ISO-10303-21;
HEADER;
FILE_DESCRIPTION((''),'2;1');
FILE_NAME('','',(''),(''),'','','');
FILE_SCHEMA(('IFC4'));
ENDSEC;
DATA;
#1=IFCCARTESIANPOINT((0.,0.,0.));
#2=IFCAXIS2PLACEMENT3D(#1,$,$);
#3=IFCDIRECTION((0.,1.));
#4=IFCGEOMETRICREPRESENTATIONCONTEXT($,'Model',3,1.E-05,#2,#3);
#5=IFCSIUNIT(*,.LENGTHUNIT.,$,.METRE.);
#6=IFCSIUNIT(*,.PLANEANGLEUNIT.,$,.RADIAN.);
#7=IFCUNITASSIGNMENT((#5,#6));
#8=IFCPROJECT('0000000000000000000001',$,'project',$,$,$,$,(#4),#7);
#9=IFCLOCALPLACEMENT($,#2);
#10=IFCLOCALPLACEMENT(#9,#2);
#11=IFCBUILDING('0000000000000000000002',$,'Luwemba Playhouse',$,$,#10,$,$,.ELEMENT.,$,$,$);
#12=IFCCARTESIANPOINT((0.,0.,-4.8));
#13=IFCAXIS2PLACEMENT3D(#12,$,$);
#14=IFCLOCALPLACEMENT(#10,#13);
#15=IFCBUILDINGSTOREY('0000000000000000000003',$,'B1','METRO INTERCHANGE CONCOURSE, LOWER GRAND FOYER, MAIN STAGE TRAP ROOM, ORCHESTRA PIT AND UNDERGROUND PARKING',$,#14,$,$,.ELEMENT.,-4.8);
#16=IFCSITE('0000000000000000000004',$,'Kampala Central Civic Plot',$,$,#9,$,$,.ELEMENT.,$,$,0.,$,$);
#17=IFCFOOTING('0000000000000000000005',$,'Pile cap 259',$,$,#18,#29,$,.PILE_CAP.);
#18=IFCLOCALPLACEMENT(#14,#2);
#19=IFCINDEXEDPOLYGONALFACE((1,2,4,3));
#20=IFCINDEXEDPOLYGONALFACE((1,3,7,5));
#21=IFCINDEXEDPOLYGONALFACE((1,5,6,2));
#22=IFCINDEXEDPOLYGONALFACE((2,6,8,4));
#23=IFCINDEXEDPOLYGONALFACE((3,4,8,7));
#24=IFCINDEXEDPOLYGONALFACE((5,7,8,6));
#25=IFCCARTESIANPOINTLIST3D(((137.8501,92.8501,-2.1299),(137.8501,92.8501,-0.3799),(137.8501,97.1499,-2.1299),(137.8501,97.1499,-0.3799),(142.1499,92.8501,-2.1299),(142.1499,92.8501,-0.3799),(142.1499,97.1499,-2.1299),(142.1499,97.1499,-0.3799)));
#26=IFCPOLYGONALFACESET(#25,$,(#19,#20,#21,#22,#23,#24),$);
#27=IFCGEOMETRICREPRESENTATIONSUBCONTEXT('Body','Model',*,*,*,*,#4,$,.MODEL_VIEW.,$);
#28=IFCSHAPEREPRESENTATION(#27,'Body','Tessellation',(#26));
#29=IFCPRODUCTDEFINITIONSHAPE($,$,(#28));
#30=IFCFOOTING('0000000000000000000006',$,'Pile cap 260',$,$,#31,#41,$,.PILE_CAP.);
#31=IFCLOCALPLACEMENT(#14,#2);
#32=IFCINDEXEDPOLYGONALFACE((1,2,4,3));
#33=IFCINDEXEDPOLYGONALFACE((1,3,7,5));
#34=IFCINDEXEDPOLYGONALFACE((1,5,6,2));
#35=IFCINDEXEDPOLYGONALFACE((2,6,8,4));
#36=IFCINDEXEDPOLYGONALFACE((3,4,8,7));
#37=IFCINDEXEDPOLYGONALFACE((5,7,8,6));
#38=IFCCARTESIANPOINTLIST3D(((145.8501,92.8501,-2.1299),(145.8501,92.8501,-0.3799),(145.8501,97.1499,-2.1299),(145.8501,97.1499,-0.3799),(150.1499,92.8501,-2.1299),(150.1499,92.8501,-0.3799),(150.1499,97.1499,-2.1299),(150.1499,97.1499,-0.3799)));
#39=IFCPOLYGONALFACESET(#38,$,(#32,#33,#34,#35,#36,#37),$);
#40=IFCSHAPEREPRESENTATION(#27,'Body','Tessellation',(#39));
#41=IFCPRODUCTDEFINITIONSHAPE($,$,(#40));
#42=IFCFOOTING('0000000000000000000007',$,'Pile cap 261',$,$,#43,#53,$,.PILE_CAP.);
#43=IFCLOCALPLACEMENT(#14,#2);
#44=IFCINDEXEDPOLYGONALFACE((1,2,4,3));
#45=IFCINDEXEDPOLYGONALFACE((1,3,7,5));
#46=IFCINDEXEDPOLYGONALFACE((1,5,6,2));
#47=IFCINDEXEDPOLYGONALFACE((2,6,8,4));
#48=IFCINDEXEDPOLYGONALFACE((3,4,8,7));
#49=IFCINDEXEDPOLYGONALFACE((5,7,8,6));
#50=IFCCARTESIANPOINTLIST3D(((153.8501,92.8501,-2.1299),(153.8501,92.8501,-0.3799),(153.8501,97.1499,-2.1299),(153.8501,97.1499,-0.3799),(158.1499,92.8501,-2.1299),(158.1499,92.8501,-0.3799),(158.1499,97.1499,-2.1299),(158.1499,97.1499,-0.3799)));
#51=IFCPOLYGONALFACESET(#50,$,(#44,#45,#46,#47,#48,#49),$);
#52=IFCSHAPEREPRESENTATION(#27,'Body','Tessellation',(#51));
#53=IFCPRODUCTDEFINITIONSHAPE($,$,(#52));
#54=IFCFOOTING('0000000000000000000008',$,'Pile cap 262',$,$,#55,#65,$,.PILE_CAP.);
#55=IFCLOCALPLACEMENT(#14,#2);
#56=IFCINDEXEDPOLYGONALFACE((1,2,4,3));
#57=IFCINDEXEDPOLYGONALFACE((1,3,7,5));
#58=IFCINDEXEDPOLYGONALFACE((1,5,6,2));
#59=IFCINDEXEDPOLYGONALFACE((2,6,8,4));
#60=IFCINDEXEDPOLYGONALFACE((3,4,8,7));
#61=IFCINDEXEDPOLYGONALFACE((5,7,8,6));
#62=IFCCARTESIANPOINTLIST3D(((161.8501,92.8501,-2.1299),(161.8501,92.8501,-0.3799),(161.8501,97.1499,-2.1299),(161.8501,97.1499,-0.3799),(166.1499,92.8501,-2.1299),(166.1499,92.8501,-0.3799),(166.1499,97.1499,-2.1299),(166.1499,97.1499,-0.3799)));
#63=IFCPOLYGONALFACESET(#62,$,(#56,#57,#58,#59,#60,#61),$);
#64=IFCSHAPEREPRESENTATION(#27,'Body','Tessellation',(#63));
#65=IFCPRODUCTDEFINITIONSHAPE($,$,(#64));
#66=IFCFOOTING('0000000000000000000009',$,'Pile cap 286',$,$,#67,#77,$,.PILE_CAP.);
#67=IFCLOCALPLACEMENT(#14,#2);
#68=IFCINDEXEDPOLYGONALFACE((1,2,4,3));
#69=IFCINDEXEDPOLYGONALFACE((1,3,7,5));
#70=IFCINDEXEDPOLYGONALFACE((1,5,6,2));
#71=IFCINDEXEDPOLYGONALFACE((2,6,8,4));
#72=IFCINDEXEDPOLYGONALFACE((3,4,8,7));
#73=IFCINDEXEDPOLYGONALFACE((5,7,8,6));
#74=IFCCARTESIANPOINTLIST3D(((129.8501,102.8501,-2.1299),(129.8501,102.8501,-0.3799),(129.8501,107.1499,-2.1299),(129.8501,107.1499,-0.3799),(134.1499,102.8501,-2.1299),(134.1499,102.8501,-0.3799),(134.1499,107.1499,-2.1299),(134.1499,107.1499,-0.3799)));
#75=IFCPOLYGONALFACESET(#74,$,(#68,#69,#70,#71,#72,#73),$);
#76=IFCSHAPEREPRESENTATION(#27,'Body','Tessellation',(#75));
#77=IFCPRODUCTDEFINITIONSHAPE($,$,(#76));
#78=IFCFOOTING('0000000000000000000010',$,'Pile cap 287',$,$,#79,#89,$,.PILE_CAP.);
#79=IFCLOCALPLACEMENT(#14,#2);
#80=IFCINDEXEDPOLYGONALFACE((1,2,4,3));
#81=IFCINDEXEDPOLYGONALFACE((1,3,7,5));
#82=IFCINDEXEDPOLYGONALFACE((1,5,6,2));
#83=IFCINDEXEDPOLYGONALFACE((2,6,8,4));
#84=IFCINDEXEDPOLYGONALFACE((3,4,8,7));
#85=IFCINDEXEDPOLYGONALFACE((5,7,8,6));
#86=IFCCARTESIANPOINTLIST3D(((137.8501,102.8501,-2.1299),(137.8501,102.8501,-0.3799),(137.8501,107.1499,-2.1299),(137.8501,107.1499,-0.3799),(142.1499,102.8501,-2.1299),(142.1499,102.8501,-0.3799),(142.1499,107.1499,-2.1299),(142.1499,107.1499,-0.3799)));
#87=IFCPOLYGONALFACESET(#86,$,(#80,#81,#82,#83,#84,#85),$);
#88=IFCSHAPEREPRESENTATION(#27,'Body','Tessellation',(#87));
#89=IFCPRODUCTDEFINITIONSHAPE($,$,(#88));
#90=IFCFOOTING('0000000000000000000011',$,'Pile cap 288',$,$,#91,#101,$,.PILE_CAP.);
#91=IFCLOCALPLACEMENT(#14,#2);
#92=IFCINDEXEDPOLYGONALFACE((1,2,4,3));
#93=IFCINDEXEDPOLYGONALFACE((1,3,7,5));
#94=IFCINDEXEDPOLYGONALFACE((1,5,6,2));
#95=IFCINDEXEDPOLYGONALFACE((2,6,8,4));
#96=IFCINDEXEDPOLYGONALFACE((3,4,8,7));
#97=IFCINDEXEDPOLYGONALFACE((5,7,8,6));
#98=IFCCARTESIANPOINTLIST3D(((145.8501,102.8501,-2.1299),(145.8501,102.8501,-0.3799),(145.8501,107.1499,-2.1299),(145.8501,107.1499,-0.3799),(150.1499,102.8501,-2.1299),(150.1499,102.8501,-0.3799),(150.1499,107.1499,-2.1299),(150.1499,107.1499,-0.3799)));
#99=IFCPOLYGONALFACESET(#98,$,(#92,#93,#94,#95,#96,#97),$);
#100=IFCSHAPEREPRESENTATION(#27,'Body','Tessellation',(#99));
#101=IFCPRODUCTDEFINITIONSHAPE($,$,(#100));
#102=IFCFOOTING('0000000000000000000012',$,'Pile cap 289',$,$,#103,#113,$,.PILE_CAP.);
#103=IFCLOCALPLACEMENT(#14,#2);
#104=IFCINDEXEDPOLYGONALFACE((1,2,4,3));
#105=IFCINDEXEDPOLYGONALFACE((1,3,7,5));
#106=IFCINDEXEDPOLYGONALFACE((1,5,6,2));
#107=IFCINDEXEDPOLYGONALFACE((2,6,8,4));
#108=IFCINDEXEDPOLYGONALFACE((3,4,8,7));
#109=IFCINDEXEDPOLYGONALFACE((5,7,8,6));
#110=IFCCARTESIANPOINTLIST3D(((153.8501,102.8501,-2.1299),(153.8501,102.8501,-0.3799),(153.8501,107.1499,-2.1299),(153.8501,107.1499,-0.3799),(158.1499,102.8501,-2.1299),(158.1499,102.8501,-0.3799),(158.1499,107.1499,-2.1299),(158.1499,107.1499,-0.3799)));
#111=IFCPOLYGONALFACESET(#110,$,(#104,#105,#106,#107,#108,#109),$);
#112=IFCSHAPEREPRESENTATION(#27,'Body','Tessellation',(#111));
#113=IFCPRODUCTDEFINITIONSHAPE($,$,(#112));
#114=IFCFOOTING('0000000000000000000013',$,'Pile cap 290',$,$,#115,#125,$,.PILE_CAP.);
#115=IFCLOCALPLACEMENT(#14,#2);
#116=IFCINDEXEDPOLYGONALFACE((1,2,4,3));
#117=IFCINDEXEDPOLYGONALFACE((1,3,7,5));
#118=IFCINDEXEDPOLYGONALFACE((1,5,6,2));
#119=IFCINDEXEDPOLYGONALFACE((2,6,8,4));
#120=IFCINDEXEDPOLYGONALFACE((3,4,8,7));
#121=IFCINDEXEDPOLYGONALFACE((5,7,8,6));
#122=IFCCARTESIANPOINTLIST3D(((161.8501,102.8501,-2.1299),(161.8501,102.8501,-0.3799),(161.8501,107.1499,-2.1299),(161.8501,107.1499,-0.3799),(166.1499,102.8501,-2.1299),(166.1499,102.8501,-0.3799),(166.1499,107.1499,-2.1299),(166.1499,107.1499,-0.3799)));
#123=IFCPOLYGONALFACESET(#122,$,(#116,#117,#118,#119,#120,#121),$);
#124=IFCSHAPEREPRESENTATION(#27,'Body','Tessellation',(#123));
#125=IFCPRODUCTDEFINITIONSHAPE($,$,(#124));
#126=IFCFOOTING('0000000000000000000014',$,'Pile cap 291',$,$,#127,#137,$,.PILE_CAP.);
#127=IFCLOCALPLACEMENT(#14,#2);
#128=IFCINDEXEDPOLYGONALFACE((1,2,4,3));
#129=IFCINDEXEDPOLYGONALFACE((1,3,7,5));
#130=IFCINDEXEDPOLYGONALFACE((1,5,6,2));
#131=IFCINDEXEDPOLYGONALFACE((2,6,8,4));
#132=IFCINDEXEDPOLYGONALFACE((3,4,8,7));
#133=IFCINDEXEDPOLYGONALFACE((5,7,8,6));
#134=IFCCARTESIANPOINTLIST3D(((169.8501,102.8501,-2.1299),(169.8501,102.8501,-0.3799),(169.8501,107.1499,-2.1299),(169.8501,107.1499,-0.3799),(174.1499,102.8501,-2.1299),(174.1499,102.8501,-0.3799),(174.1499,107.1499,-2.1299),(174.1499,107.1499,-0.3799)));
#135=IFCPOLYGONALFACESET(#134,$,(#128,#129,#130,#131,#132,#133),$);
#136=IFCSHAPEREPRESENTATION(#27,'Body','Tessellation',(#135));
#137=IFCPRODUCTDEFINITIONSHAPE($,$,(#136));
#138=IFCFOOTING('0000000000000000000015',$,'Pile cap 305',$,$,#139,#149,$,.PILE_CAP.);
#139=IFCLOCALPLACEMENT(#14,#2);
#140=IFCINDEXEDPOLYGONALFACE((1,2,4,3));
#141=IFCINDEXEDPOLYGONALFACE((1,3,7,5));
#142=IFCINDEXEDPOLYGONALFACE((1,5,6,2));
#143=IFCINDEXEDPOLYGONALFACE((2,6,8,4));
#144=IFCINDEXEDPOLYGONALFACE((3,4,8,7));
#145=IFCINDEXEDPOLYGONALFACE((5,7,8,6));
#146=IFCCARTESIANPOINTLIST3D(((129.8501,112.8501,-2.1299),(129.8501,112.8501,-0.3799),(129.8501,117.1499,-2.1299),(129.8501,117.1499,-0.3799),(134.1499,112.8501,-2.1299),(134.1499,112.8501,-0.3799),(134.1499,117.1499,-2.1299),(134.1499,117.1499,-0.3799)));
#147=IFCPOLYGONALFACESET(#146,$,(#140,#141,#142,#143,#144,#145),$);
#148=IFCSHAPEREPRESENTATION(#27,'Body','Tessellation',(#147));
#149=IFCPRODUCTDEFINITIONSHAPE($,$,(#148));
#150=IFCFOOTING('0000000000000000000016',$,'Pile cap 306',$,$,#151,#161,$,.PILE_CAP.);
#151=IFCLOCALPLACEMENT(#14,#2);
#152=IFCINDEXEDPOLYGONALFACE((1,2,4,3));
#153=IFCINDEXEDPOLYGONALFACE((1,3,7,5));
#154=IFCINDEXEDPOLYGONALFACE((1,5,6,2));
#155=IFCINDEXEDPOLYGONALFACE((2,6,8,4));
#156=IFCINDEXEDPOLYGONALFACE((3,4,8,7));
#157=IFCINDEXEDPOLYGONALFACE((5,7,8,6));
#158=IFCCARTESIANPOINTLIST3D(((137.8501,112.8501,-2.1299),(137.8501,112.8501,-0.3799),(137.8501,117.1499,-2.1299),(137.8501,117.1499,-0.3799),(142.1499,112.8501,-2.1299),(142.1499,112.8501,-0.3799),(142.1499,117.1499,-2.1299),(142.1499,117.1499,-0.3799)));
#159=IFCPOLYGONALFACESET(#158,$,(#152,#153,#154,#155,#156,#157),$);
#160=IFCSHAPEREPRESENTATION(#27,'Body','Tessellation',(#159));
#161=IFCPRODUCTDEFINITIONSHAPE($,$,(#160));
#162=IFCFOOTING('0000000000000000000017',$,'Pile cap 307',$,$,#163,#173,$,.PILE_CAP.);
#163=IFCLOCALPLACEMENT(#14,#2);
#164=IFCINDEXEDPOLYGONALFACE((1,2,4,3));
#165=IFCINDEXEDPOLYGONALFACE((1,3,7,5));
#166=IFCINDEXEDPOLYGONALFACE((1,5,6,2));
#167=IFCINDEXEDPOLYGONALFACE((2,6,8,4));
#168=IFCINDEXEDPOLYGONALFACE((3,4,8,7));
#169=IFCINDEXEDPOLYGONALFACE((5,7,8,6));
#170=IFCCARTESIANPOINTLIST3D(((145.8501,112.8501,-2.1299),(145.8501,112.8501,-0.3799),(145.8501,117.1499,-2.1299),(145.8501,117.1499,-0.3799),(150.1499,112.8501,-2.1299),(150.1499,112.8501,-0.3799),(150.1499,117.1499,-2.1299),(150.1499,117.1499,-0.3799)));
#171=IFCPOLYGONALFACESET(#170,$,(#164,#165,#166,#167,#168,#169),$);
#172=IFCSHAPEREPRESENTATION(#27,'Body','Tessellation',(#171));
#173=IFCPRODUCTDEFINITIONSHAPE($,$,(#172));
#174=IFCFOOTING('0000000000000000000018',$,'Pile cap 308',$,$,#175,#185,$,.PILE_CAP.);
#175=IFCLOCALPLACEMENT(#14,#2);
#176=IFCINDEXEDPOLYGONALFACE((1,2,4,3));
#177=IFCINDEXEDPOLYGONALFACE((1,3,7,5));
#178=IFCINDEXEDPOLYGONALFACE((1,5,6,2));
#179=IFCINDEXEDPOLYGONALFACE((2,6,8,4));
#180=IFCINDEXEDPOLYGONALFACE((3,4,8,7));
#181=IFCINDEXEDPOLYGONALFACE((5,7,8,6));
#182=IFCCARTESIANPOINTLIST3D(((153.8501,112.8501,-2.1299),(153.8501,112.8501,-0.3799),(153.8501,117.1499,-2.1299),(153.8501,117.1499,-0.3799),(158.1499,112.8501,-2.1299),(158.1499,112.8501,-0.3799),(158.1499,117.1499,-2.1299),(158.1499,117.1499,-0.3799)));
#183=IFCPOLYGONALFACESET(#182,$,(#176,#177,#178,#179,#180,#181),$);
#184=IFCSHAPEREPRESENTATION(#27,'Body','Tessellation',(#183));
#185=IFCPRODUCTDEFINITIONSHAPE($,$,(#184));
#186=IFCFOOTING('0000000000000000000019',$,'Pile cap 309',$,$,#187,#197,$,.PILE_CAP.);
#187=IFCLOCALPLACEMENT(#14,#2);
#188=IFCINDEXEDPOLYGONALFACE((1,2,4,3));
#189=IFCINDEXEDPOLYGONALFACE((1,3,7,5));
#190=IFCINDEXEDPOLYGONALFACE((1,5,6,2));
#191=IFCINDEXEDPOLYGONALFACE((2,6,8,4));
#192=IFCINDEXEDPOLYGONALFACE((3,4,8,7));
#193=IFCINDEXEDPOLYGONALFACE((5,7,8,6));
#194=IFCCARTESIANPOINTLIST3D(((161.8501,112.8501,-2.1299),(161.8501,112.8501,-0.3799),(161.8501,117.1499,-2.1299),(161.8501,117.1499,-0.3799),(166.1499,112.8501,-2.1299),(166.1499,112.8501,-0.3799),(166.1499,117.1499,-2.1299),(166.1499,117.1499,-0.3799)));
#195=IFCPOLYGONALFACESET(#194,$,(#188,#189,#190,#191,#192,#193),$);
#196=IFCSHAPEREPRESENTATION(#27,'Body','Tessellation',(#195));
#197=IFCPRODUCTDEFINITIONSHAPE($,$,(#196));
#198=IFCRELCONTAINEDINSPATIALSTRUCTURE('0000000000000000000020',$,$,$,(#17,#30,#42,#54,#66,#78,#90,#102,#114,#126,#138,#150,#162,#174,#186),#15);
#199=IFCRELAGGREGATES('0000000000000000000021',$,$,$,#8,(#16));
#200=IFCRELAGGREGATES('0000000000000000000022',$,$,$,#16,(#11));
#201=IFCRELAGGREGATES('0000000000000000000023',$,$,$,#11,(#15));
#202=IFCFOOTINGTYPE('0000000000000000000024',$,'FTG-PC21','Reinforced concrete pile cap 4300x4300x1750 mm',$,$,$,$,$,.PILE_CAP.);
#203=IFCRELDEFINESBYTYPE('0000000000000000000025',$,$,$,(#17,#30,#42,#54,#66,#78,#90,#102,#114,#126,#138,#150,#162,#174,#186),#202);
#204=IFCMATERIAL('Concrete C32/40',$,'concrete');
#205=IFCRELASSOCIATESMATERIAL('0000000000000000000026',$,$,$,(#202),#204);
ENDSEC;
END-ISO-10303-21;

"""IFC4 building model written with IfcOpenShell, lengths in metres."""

from ifc_helpers import new_model, si_unit, direction, frame, origin, place, context, subcontext, project, spatial, polyline, outline, extrude, material, type_object, element, save


model = new_model("IFC4")

# Units and contexts
model_context = context("Model", 3, precision=1e-05, world=origin(), true_north=direction((0.0, 1.0)))
body_context = subcontext(model_context, "Body", "Model", "MODEL_VIEW")
ifc_project = project(units=[si_unit("LENGTHUNIT", "METRE"), si_unit("PLANEANGLEUNIT", "RADIAN")], contexts=[model_context])

# Site, building, storey
site_placement = place(None, origin())
site = spatial("IfcSite", under=ifc_project, at=site_placement, Name="Kampala Central Civic Plot", CompositionType="ELEMENT", RefElevation=0.0)
building_placement = place(site_placement, origin())
building = spatial("IfcBuilding", under=site, at=building_placement, Name="Luwemba Playhouse", CompositionType="ELEMENT")
storey_placement = place(building_placement, frame((0.0, 0.0, -4.8)))
storey = spatial("IfcBuildingStorey", under=building, at=storey_placement, Name="B1", Description="METRO INTERCHANGE CONCOURSE, LOWER GRAND FOYER, MAIN STAGE TRAP ROOM, ORCHESTRA PIT AND UNDERGROUND PARKING", CompositionType="ELEMENT", Elevation=-4.8)

# Footings
ifc_material = material(Name="Concrete C32/40", Category="concrete")
footing_type_1 = type_object("IfcFootingType", Name="FTG-PC21", Description="Reinforced concrete pile cap 4300x4300x1750 mm", PredefinedType="PILE_CAP", material=ifc_material)
footing_1_placement = place(storey_placement, frame((0.0, 0.0, -2.1299)))
element("IfcFooting", 1, at=footing_1_placement, inside=storey, type_object=footing_type_1, Name="Pile cap 259", PredefinedType="PILE_CAP", context=body_context, shape_type="SweptSolid", body=[
    extrude(outline(polyline([(137.8501, 92.8501), (142.1499, 92.8501), (142.1499, 97.1499), (137.8501, 97.1499), (137.8501, 92.8501)])), origin(), (0.0, 0.0, 1.0), 1.75),
])
footing_2_placement = place(storey_placement, frame((0.0, 0.0, -2.1299)))
element("IfcFooting", 2, at=footing_2_placement, inside=storey, type_object=footing_type_1, Name="Pile cap 260", PredefinedType="PILE_CAP", context=body_context, shape_type="SweptSolid", body=[
    extrude(outline(polyline([(145.8501, 92.8501), (150.1499, 92.8501), (150.1499, 97.1499), (145.8501, 97.1499), (145.8501, 92.8501)])), origin(), (0.0, 0.0, 1.0), 1.75),
])
footing_3_placement = place(storey_placement, frame((0.0, 0.0, -2.1299)))
element("IfcFooting", 3, at=footing_3_placement, inside=storey, type_object=footing_type_1, Name="Pile cap 261", PredefinedType="PILE_CAP", context=body_context, shape_type="SweptSolid", body=[
    extrude(outline(polyline([(153.8501, 92.8501), (158.1499, 92.8501), (158.1499, 97.1499), (153.8501, 97.1499), (153.8501, 92.8501)])), origin(), (0.0, 0.0, 1.0), 1.75),
])
footing_4_placement = place(storey_placement, frame((0.0, 0.0, -2.1299)))
element("IfcFooting", 4, at=footing_4_placement, inside=storey, type_object=footing_type_1, Name="Pile cap 262", PredefinedType="PILE_CAP", context=body_context, shape_type="SweptSolid", body=[
    extrude(outline(polyline([(161.8501, 92.8501), (166.1499, 92.8501), (166.1499, 97.1499), (161.8501, 97.1499), (161.8501, 92.8501)])), origin(), (0.0, 0.0, 1.0), 1.75),
])
footing_5_placement = place(storey_placement, frame((0.0, 0.0, -2.1299)))
element("IfcFooting", 5, at=footing_5_placement, inside=storey, type_object=footing_type_1, Name="Pile cap 286", PredefinedType="PILE_CAP", context=body_context, shape_type="SweptSolid", body=[
    extrude(outline(polyline([(129.8501, 102.8501), (134.1499, 102.8501), (134.1499, 107.1499), (129.8501, 107.1499), (129.8501, 102.8501)])), origin(), (0.0, 0.0, 1.0), 1.75),
])
footing_6_placement = place(storey_placement, frame((0.0, 0.0, -2.1299)))
element("IfcFooting", 6, at=footing_6_placement, inside=storey, type_object=footing_type_1, Name="Pile cap 287", PredefinedType="PILE_CAP", context=body_context, shape_type="SweptSolid", body=[
    extrude(outline(polyline([(137.8501, 102.8501), (142.1499, 102.8501), (142.1499, 107.1499), (137.8501, 107.1499), (137.8501, 102.8501)])), origin(), (0.0, 0.0, 1.0), 1.75),
])
footing_7_placement = place(storey_placement, frame((0.0, 0.0, -2.1299)))
element("IfcFooting", 7, at=footing_7_placement, inside=storey, type_object=footing_type_1, Name="Pile cap 288", PredefinedType="PILE_CAP", context=body_context, shape_type="SweptSolid", body=[
    extrude(outline(polyline([(145.8501, 102.8501), (150.1499, 102.8501), (150.1499, 107.1499), (145.8501, 107.1499), (145.8501, 102.8501)])), origin(), (0.0, 0.0, 1.0), 1.75),
])
footing_8_placement = place(storey_placement, frame((0.0, 0.0, -2.1299)))
element("IfcFooting", 8, at=footing_8_placement, inside=storey, type_object=footing_type_1, Name="Pile cap 289", PredefinedType="PILE_CAP", context=body_context, shape_type="SweptSolid", body=[
    extrude(outline(polyline([(153.8501, 102.8501), (158.1499, 102.8501), (158.1499, 107.1499), (153.8501, 107.1499), (153.8501, 102.8501)])), origin(), (0.0, 0.0, 1.0), 1.75),
])
footing_9_placement = place(storey_placement, frame((0.0, 0.0, -2.1299)))
element("IfcFooting", 9, at=footing_9_placement, inside=storey, type_object=footing_type_1, Name="Pile cap 290", PredefinedType="PILE_CAP", context=body_context, shape_type="SweptSolid", body=[
    extrude(outline(polyline([(161.8501, 102.8501), (166.1499, 102.8501), (166.1499, 107.1499), (161.8501, 107.1499), (161.8501, 102.8501)])), origin(), (0.0, 0.0, 1.0), 1.75),
])
footing_10_placement = place(storey_placement, frame((0.0, 0.0, -2.1299)))
element("IfcFooting", 10, at=footing_10_placement, inside=storey, type_object=footing_type_1, Name="Pile cap 291", PredefinedType="PILE_CAP", context=body_context, shape_type="SweptSolid", body=[
    extrude(outline(polyline([(169.8501, 102.8501), (174.1499, 102.8501), (174.1499, 107.1499), (169.8501, 107.1499), (169.8501, 102.8501)])), origin(), (0.0, 0.0, 1.0), 1.75),
])
footing_11_placement = place(storey_placement, frame((0.0, 0.0, -2.1299)))
element("IfcFooting", 11, at=footing_11_placement, inside=storey, type_object=footing_type_1, Name="Pile cap 305", PredefinedType="PILE_CAP", context=body_context, shape_type="SweptSolid", body=[
    extrude(outline(polyline([(129.8501, 112.8501), (134.1499, 112.8501), (134.1499, 117.1499), (129.8501, 117.1499), (129.8501, 112.8501)])), origin(), (0.0, 0.0, 1.0), 1.75),
])
footing_12_placement = place(storey_placement, frame((0.0, 0.0, -2.1299)))
element("IfcFooting", 12, at=footing_12_placement, inside=storey, type_object=footing_type_1, Name="Pile cap 306", PredefinedType="PILE_CAP", context=body_context, shape_type="SweptSolid", body=[
    extrude(outline(polyline([(137.8501, 112.8501), (142.1499, 112.8501), (142.1499, 117.1499), (137.8501, 117.1499), (137.8501, 112.8501)])), origin(), (0.0, 0.0, 1.0), 1.75),
])
footing_13_placement = place(storey_placement, frame((0.0, 0.0, -2.1299)))
element("IfcFooting", 13, at=footing_13_placement, inside=storey, type_object=footing_type_1, Name="Pile cap 307", PredefinedType="PILE_CAP", context=body_context, shape_type="SweptSolid", body=[
    extrude(outline(polyline([(145.8501, 112.8501), (150.1499, 112.8501), (150.1499, 117.1499), (145.8501, 117.1499), (145.8501, 112.8501)])), origin(), (0.0, 0.0, 1.0), 1.75),
])
footing_14_placement = place(storey_placement, frame((0.0, 0.0, -2.1299)))
element("IfcFooting", 14, at=footing_14_placement, inside=storey, type_object=footing_type_1, Name="Pile cap 308", PredefinedType="PILE_CAP", context=body_context, shape_type="SweptSolid", body=[
    extrude(outline(polyline([(153.8501, 112.8501), (158.1499, 112.8501), (158.1499, 117.1499), (153.8501, 117.1499), (153.8501, 112.8501)])), origin(), (0.0, 0.0, 1.0), 1.75),
])
footing_15_placement = place(storey_placement, frame((0.0, 0.0, -2.1299)))
element("IfcFooting", 15, at=footing_15_placement, inside=storey, type_object=footing_type_1, Name="Pile cap 309", PredefinedType="PILE_CAP", context=body_context, shape_type="SweptSolid", body=[
    extrude(outline(polyline([(161.8501, 112.8501), (166.1499, 112.8501), (166.1499, 117.1499), (161.8501, 117.1499), (161.8501, 112.8501)])), origin(), (0.0, 0.0, 1.0), 1.75),
])

save(model, "model.ifc")
